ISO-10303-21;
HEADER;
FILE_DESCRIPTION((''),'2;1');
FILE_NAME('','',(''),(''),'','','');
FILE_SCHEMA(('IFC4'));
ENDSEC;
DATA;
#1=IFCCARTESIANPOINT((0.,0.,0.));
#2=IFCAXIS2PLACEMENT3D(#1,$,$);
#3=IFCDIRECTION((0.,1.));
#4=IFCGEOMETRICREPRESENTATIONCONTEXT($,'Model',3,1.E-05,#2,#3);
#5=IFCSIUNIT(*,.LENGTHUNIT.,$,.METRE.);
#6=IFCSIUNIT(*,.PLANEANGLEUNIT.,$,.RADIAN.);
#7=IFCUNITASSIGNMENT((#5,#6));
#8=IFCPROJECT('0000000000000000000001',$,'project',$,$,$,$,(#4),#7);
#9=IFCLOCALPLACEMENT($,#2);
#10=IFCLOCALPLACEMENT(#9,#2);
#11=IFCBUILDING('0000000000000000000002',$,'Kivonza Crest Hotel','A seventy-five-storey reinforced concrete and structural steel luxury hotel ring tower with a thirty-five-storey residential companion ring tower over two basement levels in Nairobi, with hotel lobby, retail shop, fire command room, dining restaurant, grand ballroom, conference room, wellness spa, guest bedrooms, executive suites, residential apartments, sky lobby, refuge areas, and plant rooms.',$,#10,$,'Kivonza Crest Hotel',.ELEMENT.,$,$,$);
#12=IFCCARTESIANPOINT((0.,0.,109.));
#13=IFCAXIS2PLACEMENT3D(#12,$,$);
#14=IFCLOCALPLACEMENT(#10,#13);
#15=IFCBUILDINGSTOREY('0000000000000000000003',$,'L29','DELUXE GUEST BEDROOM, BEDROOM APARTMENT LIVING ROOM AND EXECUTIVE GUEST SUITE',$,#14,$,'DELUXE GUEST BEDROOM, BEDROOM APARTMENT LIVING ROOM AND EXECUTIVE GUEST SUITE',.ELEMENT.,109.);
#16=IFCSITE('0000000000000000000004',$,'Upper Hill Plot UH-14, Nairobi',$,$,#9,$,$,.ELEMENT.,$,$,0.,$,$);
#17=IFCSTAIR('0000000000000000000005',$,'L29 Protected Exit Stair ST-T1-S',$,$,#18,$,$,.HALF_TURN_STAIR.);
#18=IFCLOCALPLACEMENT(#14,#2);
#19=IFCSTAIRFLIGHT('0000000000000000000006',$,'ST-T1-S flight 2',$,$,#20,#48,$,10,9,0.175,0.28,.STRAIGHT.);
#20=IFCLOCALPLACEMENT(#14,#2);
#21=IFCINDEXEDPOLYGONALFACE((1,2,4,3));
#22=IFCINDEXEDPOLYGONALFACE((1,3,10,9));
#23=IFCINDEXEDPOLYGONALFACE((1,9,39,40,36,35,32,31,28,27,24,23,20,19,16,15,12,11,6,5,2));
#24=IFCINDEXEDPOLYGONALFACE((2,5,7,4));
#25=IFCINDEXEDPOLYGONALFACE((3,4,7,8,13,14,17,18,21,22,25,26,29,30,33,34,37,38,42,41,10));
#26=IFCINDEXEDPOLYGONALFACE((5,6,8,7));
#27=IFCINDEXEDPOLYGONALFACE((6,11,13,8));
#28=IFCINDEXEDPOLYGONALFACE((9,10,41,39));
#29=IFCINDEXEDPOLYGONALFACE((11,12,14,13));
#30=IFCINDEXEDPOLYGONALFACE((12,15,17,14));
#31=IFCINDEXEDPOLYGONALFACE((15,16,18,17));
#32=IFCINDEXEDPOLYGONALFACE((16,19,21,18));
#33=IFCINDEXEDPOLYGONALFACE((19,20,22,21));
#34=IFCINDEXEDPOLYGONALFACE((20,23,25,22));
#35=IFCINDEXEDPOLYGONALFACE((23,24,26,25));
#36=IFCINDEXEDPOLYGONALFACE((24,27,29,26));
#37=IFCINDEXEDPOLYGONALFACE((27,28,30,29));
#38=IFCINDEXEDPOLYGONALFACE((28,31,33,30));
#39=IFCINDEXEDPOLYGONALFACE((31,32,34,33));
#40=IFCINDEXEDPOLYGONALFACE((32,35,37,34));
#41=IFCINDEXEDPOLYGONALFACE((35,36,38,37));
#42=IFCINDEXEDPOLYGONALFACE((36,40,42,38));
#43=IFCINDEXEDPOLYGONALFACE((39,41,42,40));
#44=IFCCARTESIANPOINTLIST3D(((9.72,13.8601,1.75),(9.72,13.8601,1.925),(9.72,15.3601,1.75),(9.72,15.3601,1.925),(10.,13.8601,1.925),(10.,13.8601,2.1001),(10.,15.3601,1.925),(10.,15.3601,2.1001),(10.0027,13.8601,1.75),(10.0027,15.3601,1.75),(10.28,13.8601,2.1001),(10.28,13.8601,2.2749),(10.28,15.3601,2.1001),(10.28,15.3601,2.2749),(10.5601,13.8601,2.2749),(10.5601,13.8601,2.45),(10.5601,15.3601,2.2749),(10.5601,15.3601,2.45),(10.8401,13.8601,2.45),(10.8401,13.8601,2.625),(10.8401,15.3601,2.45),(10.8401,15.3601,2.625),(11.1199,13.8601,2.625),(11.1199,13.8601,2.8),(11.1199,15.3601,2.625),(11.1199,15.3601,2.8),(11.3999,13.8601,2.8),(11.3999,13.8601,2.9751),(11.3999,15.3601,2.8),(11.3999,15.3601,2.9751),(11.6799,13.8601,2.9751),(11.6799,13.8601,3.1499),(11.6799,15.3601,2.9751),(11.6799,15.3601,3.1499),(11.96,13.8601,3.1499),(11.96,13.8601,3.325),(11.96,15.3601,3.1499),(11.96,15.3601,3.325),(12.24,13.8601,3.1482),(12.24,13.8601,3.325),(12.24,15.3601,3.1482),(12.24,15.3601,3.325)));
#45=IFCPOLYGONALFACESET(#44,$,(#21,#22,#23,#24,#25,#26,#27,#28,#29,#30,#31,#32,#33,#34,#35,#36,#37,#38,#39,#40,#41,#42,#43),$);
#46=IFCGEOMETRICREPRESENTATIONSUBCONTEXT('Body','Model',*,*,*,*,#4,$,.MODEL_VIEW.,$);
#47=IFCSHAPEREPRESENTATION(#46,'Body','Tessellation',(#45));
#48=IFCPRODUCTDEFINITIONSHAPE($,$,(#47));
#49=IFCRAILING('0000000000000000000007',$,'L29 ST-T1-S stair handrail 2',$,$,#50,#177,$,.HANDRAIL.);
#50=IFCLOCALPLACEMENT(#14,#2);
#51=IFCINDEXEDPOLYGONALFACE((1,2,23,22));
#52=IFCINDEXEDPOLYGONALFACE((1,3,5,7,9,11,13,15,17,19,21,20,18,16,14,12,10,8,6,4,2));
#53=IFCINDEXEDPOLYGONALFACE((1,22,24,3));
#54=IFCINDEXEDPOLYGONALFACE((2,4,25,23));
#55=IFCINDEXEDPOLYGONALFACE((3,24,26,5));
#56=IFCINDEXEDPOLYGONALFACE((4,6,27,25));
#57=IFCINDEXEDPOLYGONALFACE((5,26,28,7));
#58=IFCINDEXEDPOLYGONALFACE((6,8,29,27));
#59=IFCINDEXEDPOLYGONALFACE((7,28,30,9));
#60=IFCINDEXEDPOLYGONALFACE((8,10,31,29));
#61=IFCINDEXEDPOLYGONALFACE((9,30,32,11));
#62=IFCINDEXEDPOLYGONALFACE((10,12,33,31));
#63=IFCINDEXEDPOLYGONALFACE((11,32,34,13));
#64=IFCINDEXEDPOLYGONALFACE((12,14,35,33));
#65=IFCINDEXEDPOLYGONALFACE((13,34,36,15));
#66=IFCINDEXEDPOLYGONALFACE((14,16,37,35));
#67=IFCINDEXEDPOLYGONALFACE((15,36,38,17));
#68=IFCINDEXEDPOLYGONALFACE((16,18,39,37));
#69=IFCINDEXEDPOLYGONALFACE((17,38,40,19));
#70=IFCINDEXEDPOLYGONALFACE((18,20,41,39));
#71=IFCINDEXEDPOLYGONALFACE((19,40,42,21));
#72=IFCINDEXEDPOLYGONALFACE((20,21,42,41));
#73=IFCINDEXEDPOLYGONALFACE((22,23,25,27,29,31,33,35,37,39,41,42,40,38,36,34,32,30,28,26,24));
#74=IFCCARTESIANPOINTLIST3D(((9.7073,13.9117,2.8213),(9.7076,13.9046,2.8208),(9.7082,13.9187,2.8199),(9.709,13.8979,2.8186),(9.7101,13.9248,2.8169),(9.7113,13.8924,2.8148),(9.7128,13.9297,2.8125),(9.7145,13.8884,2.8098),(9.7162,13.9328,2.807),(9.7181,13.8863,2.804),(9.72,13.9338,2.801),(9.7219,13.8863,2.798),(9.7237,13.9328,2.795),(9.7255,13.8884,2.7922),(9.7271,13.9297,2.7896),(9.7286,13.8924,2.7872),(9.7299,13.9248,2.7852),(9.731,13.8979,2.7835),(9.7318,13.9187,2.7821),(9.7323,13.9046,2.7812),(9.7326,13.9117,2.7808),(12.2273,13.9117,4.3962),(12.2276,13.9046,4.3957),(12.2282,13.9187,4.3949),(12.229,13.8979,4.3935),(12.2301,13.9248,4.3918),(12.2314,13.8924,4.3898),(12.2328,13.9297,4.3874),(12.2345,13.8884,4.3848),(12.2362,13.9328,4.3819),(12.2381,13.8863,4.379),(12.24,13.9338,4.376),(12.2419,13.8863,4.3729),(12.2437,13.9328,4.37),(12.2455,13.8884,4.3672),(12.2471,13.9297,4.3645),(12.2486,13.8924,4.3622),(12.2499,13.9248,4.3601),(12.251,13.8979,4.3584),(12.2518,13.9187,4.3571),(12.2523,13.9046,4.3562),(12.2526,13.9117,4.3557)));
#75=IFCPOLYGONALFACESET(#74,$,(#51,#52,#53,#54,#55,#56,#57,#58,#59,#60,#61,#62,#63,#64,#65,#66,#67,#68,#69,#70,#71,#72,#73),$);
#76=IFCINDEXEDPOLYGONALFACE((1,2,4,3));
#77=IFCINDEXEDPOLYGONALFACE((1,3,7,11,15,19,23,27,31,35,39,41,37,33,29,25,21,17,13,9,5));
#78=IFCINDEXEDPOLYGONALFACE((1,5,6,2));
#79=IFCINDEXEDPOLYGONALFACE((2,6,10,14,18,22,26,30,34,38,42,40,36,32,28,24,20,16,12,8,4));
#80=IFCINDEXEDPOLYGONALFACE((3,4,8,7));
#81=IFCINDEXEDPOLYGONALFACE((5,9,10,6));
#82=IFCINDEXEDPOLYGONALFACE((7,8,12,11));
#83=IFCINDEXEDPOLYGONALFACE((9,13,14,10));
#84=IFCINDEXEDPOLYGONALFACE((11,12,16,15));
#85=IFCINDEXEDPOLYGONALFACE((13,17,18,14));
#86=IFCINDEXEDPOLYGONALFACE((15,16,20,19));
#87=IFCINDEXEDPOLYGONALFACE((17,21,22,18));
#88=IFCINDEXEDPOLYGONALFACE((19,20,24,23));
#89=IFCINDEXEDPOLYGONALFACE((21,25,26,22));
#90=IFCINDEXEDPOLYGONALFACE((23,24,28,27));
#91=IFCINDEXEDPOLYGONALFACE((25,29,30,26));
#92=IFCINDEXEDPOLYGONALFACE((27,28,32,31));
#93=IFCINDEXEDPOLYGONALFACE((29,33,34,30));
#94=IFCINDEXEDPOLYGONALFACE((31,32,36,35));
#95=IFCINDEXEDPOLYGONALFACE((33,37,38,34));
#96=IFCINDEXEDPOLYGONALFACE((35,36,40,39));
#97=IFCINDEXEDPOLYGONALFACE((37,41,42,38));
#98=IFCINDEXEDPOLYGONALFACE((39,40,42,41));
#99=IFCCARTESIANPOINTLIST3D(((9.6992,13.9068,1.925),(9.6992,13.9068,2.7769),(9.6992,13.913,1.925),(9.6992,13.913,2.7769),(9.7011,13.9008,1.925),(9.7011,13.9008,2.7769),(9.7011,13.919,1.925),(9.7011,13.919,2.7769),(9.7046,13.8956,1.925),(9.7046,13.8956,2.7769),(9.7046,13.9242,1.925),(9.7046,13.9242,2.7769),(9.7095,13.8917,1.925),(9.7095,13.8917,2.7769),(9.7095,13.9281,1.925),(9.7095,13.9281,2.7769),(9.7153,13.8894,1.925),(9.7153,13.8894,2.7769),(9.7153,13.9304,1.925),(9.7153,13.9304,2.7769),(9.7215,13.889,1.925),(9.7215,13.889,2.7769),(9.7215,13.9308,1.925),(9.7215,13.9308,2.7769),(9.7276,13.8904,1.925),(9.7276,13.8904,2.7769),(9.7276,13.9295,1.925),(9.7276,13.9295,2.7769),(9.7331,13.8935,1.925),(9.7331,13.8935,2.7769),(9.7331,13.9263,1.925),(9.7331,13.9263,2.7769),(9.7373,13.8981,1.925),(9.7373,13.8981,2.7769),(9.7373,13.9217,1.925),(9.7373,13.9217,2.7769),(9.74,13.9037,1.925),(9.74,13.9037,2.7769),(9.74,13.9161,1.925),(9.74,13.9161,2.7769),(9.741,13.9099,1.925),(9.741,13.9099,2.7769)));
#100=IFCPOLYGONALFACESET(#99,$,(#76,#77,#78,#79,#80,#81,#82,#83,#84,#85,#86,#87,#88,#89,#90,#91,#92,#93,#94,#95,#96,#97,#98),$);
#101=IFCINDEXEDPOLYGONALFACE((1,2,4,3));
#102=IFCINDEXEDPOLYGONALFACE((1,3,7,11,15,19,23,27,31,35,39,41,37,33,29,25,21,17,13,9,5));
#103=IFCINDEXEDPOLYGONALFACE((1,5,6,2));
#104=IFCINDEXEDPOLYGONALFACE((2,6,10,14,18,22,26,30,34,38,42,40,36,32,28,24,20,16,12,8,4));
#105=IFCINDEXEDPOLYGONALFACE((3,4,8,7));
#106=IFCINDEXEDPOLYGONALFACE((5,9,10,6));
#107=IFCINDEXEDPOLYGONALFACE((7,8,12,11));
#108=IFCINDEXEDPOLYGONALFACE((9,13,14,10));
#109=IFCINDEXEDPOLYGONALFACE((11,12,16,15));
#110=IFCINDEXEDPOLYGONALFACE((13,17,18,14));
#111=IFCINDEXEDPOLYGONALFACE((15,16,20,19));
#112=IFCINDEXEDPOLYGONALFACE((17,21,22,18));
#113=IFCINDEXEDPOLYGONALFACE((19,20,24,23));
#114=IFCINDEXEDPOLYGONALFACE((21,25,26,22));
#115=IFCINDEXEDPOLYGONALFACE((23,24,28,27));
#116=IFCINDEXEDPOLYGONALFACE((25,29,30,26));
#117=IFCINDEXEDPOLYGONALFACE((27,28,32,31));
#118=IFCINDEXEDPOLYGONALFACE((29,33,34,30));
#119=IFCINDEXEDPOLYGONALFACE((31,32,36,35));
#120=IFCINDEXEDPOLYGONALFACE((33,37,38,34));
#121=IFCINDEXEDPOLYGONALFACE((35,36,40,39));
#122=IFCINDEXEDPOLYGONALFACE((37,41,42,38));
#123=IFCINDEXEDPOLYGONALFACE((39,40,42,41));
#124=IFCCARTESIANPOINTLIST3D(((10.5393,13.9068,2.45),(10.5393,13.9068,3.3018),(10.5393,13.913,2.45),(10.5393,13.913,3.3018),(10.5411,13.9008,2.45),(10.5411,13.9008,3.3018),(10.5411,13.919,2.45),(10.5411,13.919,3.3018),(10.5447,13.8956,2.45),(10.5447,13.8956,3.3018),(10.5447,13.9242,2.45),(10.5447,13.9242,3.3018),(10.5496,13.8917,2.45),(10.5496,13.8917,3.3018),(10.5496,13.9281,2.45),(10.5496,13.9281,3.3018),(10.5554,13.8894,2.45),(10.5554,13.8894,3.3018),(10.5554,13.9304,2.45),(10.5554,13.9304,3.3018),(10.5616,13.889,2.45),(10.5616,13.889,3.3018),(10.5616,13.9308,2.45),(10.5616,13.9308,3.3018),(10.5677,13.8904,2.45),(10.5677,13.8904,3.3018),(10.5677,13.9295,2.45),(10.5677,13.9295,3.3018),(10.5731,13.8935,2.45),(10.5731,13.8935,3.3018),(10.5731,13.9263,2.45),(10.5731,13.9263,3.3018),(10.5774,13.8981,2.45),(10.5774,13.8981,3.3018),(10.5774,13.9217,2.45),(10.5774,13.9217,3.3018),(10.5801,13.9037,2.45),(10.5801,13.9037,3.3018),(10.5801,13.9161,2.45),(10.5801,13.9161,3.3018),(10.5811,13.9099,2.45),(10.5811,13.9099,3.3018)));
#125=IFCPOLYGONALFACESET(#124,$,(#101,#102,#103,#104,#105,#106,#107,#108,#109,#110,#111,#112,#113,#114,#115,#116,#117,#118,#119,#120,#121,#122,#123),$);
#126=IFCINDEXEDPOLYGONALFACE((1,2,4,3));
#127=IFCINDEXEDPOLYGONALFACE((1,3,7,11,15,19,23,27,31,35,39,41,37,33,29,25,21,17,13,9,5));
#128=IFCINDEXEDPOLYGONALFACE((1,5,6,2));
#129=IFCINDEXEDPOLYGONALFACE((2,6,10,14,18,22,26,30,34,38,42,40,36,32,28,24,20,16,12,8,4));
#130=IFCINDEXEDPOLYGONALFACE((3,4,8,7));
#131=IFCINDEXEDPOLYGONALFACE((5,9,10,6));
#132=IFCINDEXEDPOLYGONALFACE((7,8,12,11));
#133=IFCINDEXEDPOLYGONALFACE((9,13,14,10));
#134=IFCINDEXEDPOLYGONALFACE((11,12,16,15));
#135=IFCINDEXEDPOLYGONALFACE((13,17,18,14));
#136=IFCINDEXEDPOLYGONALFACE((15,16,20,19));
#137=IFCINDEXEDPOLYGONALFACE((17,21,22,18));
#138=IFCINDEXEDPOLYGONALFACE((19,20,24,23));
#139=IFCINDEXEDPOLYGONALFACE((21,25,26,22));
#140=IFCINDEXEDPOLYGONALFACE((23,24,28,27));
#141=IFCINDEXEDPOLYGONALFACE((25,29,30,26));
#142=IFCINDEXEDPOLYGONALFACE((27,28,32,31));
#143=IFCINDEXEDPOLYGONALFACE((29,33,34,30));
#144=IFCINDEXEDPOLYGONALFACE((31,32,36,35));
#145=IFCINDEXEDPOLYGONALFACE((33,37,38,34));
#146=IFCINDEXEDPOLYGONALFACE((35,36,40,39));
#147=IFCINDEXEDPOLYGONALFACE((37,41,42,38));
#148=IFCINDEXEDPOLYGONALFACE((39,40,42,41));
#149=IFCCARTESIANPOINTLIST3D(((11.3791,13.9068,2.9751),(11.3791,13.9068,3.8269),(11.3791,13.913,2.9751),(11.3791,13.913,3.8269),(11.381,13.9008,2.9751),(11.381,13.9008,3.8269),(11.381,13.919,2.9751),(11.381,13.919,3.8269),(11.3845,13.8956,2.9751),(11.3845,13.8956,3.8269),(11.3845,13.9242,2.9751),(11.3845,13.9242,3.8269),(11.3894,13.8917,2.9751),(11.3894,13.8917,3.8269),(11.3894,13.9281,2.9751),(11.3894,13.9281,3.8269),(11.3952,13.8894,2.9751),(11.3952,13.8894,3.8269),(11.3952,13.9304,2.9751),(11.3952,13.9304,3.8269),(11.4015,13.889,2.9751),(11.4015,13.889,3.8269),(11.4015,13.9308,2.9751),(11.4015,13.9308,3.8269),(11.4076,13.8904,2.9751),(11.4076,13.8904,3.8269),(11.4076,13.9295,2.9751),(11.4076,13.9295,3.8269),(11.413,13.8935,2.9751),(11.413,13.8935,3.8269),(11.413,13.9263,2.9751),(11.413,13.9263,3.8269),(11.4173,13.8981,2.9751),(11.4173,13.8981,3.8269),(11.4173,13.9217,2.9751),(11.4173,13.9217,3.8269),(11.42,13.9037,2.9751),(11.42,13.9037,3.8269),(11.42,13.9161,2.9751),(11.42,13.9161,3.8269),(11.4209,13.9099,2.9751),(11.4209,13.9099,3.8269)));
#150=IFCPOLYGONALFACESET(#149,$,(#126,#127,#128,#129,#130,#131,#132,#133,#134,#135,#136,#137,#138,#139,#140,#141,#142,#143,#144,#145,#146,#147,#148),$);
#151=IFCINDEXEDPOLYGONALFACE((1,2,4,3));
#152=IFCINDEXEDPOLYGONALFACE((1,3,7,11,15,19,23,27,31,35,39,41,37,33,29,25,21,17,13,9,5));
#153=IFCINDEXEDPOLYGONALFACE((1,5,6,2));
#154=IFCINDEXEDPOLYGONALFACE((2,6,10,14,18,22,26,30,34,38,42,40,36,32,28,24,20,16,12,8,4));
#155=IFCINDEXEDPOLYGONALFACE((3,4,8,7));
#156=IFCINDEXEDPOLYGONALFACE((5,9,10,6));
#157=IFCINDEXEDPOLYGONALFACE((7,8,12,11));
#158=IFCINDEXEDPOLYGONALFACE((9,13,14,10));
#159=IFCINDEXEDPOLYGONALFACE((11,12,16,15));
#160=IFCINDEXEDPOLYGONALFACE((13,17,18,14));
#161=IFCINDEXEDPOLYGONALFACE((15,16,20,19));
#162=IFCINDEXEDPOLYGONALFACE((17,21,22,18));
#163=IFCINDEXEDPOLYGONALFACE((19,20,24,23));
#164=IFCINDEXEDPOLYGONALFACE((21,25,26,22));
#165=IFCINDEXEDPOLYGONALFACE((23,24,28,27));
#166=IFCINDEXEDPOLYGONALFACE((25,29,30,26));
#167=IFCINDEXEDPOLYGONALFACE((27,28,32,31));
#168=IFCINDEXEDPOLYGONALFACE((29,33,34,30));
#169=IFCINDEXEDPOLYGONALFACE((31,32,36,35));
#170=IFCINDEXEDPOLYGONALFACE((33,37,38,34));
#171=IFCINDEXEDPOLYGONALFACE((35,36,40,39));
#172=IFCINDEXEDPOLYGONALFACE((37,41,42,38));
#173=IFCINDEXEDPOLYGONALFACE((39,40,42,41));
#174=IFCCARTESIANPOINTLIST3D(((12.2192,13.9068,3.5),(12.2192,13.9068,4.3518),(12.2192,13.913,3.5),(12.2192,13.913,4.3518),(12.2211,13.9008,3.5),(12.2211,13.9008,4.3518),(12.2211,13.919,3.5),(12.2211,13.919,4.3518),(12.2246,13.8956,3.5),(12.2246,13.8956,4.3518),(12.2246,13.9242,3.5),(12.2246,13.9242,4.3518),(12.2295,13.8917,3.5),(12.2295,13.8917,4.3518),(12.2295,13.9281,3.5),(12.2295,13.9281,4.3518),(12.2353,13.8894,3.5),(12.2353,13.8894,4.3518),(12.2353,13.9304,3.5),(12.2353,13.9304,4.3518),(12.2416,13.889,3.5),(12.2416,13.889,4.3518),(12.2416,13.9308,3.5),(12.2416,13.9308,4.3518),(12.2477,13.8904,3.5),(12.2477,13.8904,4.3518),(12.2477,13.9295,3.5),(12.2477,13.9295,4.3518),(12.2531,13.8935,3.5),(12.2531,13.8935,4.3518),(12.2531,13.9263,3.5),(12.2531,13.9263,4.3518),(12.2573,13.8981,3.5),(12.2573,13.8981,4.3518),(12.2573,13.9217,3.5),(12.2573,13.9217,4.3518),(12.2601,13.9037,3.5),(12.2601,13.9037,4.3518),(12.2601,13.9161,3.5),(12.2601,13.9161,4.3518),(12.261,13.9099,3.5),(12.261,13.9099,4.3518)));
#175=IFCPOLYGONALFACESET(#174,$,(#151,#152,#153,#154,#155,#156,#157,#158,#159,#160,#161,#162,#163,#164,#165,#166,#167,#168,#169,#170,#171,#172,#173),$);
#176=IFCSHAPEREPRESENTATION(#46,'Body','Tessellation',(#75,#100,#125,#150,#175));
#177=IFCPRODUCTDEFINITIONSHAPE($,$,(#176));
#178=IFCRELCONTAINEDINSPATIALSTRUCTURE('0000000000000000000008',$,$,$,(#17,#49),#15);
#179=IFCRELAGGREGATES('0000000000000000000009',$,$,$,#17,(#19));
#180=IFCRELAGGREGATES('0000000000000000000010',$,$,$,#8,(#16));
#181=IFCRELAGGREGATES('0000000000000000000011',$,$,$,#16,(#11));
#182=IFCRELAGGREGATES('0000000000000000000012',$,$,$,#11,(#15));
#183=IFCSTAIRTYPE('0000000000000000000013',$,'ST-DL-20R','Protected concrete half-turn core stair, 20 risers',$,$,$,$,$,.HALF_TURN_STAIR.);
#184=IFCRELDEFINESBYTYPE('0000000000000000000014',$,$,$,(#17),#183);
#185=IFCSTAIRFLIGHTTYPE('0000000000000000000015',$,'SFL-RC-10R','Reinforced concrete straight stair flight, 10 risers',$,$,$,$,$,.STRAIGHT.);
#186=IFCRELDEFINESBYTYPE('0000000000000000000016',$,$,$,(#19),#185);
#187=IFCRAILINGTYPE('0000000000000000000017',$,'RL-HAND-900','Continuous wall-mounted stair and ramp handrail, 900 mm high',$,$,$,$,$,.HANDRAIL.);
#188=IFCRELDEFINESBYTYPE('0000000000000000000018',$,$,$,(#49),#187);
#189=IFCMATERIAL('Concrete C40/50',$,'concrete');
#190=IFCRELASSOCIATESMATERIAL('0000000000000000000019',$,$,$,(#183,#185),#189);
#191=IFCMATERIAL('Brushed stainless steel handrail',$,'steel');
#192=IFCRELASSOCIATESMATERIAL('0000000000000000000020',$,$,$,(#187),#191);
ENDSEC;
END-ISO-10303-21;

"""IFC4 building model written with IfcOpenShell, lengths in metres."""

from ifc_helpers import new_model, si_unit, direction, frame, origin, origin_2d, place, context, subcontext, project, spatial, polyline, circle, outline, extrude, material, type_object, element, aggregate, save


model = new_model("IFC4")

# Units and contexts
model_context = context("Model", 3, precision=1e-05, world=origin(), true_north=direction((0.0, 1.0)))
body_context = subcontext(model_context, "Body", "Model", "MODEL_VIEW")
ifc_project = project(units=[si_unit("LENGTHUNIT", "METRE"), si_unit("PLANEANGLEUNIT", "RADIAN")], contexts=[model_context])

# Site, building, storey
site_placement = place(None, origin())
site = spatial("IfcSite", under=ifc_project, at=site_placement, Name="Upper Hill Plot UH-14, Nairobi", CompositionType="ELEMENT", RefElevation=0.0)
building_placement = place(site_placement, origin())
building = spatial("IfcBuilding", under=site, at=building_placement, Name="Kivonza Crest Hotel", Description="A seventy-five-storey reinforced concrete and structural steel luxury hotel ring tower with a thirty-five-storey residential companion ring tower over two basement levels in Nairobi, with hotel lobby, retail shop, fire command room, dining restaurant, grand ballroom, conference room, wellness spa, guest bedrooms, executive suites, residential apartments, sky lobby, refuge areas, and plant rooms.", LongName="Kivonza Crest Hotel", CompositionType="ELEMENT")
storey_placement = place(building_placement, frame((0.0, 0.0, 109.0)))
storey = spatial("IfcBuildingStorey", under=building, at=storey_placement, Name="L29", Description="DELUXE GUEST BEDROOM, BEDROOM APARTMENT LIVING ROOM AND EXECUTIVE GUEST SUITE", LongName="DELUXE GUEST BEDROOM, BEDROOM APARTMENT LIVING ROOM AND EXECUTIVE GUEST SUITE", CompositionType="ELEMENT", Elevation=109.0)

# Stair, stair flight
ifc_material_1 = material(Name="Concrete C40/50", Category="concrete")
stair_type = type_object("IfcStairType", Name="ST-DL-20R", Description="Protected concrete half-turn core stair, 20 risers", PredefinedType="HALF_TURN_STAIR", material=ifc_material_1)
stair_placement = place(storey_placement, origin())
stair = element("IfcStair", 1, at=stair_placement, inside=storey, type_object=stair_type, Name="L29 Protected Exit Stair ST-T1-S", PredefinedType="HALF_TURN_STAIR")
stair_flight_type = type_object("IfcStairFlightType", Name="SFL-RC-10R", Description="Reinforced concrete straight stair flight, 10 risers", PredefinedType="STRAIGHT", material=ifc_material_1)
stair_flight_placement = place(storey_placement, frame((9.72, 14.6101, 1.75), z_axis=(0.0, 0.0, 1.0), x_axis=(1.0, 0.0, 0.0)))
stair_flight = element("IfcStairFlight", 2, at=stair_flight_placement, type_object=stair_flight_type, Name="ST-T1-S flight 2", NumberOfRisers=10, NumberOfTreads=9, PredefinedType="STRAIGHT", RiserHeight=0.175, TreadLength=0.28, context=body_context, shape_type="SweptSolid", body=[
    extrude(outline(polyline([(0.0, 0.0), (0.0, 0.175), (0.28, 0.175), (0.28, 0.3501), (0.5601, 0.3501), (0.5601, 0.5249), (0.8401, 0.5249), (0.8401, 0.7), (1.1201, 0.7), (1.1201, 0.875), (1.3999, 0.875), (1.3999, 1.05), (1.6799, 1.05), (1.6799, 1.2251), (1.96, 1.2251), (1.96, 1.3999), (2.24, 1.3999), (2.24, 1.575), (2.52, 1.575), (2.52, 1.75), (2.52, 1.3982), (0.2827, 0.0), (0.0, 0.0)])), frame((0.0, 0.75, 0.0), z_axis=(0.0, -1.0, 0.0), x_axis=(1.0, 0.0, 0.0)), (0.0, 0.0, 1.0), 1.5),
])
aggregate(stair, [stair_flight])

# Railing
ifc_material_2 = material(Name="Brushed stainless steel handrail", Category="steel")
railing_type_1 = type_object("IfcRailingType", Name="RL-HAND-900", Description="Continuous wall-mounted stair and ramp handrail, 900 mm high", PredefinedType="HANDRAIL", material=ifc_material_2)
railing_1_placement = place(storey_placement, frame((9.72, 13.9099, 1.925)))
element("IfcRailing", 3, at=railing_1_placement, inside=storey, type_object=railing_type_1, Name="L29 ST-T1-S stair handrail 2", PredefinedType="HANDRAIL", context=body_context, shape_type="SweptSolid", body=[
    extrude(circle(Radius=0.0239, at=origin_2d()), frame((0.0, 0.0, 0.876), z_axis=(0.848008, 0.0, 0.529984), x_axis=(0.0, 1.0, 0.0)), (0.0, 0.0, 1.0), 2.9717),
    extrude(circle(Radius=0.021, at=origin_2d()), origin(), (0.0, 0.0, 1.0), 0.8518),
    extrude(circle(Radius=0.021, at=origin_2d()), frame((0.8401, 0.0, 0.5249)), (0.0, 0.0, 1.0), 0.8518),
    extrude(circle(Radius=0.021, at=origin_2d()), frame((1.6799, 0.0, 1.05)), (0.0, 0.0, 1.0), 0.8518),
    extrude(circle(Radius=0.021, at=origin_2d()), frame((2.52, 0.0, 1.575)), (0.0, 0.0, 1.0), 0.8518),
])

save(model, "model.ifc")
